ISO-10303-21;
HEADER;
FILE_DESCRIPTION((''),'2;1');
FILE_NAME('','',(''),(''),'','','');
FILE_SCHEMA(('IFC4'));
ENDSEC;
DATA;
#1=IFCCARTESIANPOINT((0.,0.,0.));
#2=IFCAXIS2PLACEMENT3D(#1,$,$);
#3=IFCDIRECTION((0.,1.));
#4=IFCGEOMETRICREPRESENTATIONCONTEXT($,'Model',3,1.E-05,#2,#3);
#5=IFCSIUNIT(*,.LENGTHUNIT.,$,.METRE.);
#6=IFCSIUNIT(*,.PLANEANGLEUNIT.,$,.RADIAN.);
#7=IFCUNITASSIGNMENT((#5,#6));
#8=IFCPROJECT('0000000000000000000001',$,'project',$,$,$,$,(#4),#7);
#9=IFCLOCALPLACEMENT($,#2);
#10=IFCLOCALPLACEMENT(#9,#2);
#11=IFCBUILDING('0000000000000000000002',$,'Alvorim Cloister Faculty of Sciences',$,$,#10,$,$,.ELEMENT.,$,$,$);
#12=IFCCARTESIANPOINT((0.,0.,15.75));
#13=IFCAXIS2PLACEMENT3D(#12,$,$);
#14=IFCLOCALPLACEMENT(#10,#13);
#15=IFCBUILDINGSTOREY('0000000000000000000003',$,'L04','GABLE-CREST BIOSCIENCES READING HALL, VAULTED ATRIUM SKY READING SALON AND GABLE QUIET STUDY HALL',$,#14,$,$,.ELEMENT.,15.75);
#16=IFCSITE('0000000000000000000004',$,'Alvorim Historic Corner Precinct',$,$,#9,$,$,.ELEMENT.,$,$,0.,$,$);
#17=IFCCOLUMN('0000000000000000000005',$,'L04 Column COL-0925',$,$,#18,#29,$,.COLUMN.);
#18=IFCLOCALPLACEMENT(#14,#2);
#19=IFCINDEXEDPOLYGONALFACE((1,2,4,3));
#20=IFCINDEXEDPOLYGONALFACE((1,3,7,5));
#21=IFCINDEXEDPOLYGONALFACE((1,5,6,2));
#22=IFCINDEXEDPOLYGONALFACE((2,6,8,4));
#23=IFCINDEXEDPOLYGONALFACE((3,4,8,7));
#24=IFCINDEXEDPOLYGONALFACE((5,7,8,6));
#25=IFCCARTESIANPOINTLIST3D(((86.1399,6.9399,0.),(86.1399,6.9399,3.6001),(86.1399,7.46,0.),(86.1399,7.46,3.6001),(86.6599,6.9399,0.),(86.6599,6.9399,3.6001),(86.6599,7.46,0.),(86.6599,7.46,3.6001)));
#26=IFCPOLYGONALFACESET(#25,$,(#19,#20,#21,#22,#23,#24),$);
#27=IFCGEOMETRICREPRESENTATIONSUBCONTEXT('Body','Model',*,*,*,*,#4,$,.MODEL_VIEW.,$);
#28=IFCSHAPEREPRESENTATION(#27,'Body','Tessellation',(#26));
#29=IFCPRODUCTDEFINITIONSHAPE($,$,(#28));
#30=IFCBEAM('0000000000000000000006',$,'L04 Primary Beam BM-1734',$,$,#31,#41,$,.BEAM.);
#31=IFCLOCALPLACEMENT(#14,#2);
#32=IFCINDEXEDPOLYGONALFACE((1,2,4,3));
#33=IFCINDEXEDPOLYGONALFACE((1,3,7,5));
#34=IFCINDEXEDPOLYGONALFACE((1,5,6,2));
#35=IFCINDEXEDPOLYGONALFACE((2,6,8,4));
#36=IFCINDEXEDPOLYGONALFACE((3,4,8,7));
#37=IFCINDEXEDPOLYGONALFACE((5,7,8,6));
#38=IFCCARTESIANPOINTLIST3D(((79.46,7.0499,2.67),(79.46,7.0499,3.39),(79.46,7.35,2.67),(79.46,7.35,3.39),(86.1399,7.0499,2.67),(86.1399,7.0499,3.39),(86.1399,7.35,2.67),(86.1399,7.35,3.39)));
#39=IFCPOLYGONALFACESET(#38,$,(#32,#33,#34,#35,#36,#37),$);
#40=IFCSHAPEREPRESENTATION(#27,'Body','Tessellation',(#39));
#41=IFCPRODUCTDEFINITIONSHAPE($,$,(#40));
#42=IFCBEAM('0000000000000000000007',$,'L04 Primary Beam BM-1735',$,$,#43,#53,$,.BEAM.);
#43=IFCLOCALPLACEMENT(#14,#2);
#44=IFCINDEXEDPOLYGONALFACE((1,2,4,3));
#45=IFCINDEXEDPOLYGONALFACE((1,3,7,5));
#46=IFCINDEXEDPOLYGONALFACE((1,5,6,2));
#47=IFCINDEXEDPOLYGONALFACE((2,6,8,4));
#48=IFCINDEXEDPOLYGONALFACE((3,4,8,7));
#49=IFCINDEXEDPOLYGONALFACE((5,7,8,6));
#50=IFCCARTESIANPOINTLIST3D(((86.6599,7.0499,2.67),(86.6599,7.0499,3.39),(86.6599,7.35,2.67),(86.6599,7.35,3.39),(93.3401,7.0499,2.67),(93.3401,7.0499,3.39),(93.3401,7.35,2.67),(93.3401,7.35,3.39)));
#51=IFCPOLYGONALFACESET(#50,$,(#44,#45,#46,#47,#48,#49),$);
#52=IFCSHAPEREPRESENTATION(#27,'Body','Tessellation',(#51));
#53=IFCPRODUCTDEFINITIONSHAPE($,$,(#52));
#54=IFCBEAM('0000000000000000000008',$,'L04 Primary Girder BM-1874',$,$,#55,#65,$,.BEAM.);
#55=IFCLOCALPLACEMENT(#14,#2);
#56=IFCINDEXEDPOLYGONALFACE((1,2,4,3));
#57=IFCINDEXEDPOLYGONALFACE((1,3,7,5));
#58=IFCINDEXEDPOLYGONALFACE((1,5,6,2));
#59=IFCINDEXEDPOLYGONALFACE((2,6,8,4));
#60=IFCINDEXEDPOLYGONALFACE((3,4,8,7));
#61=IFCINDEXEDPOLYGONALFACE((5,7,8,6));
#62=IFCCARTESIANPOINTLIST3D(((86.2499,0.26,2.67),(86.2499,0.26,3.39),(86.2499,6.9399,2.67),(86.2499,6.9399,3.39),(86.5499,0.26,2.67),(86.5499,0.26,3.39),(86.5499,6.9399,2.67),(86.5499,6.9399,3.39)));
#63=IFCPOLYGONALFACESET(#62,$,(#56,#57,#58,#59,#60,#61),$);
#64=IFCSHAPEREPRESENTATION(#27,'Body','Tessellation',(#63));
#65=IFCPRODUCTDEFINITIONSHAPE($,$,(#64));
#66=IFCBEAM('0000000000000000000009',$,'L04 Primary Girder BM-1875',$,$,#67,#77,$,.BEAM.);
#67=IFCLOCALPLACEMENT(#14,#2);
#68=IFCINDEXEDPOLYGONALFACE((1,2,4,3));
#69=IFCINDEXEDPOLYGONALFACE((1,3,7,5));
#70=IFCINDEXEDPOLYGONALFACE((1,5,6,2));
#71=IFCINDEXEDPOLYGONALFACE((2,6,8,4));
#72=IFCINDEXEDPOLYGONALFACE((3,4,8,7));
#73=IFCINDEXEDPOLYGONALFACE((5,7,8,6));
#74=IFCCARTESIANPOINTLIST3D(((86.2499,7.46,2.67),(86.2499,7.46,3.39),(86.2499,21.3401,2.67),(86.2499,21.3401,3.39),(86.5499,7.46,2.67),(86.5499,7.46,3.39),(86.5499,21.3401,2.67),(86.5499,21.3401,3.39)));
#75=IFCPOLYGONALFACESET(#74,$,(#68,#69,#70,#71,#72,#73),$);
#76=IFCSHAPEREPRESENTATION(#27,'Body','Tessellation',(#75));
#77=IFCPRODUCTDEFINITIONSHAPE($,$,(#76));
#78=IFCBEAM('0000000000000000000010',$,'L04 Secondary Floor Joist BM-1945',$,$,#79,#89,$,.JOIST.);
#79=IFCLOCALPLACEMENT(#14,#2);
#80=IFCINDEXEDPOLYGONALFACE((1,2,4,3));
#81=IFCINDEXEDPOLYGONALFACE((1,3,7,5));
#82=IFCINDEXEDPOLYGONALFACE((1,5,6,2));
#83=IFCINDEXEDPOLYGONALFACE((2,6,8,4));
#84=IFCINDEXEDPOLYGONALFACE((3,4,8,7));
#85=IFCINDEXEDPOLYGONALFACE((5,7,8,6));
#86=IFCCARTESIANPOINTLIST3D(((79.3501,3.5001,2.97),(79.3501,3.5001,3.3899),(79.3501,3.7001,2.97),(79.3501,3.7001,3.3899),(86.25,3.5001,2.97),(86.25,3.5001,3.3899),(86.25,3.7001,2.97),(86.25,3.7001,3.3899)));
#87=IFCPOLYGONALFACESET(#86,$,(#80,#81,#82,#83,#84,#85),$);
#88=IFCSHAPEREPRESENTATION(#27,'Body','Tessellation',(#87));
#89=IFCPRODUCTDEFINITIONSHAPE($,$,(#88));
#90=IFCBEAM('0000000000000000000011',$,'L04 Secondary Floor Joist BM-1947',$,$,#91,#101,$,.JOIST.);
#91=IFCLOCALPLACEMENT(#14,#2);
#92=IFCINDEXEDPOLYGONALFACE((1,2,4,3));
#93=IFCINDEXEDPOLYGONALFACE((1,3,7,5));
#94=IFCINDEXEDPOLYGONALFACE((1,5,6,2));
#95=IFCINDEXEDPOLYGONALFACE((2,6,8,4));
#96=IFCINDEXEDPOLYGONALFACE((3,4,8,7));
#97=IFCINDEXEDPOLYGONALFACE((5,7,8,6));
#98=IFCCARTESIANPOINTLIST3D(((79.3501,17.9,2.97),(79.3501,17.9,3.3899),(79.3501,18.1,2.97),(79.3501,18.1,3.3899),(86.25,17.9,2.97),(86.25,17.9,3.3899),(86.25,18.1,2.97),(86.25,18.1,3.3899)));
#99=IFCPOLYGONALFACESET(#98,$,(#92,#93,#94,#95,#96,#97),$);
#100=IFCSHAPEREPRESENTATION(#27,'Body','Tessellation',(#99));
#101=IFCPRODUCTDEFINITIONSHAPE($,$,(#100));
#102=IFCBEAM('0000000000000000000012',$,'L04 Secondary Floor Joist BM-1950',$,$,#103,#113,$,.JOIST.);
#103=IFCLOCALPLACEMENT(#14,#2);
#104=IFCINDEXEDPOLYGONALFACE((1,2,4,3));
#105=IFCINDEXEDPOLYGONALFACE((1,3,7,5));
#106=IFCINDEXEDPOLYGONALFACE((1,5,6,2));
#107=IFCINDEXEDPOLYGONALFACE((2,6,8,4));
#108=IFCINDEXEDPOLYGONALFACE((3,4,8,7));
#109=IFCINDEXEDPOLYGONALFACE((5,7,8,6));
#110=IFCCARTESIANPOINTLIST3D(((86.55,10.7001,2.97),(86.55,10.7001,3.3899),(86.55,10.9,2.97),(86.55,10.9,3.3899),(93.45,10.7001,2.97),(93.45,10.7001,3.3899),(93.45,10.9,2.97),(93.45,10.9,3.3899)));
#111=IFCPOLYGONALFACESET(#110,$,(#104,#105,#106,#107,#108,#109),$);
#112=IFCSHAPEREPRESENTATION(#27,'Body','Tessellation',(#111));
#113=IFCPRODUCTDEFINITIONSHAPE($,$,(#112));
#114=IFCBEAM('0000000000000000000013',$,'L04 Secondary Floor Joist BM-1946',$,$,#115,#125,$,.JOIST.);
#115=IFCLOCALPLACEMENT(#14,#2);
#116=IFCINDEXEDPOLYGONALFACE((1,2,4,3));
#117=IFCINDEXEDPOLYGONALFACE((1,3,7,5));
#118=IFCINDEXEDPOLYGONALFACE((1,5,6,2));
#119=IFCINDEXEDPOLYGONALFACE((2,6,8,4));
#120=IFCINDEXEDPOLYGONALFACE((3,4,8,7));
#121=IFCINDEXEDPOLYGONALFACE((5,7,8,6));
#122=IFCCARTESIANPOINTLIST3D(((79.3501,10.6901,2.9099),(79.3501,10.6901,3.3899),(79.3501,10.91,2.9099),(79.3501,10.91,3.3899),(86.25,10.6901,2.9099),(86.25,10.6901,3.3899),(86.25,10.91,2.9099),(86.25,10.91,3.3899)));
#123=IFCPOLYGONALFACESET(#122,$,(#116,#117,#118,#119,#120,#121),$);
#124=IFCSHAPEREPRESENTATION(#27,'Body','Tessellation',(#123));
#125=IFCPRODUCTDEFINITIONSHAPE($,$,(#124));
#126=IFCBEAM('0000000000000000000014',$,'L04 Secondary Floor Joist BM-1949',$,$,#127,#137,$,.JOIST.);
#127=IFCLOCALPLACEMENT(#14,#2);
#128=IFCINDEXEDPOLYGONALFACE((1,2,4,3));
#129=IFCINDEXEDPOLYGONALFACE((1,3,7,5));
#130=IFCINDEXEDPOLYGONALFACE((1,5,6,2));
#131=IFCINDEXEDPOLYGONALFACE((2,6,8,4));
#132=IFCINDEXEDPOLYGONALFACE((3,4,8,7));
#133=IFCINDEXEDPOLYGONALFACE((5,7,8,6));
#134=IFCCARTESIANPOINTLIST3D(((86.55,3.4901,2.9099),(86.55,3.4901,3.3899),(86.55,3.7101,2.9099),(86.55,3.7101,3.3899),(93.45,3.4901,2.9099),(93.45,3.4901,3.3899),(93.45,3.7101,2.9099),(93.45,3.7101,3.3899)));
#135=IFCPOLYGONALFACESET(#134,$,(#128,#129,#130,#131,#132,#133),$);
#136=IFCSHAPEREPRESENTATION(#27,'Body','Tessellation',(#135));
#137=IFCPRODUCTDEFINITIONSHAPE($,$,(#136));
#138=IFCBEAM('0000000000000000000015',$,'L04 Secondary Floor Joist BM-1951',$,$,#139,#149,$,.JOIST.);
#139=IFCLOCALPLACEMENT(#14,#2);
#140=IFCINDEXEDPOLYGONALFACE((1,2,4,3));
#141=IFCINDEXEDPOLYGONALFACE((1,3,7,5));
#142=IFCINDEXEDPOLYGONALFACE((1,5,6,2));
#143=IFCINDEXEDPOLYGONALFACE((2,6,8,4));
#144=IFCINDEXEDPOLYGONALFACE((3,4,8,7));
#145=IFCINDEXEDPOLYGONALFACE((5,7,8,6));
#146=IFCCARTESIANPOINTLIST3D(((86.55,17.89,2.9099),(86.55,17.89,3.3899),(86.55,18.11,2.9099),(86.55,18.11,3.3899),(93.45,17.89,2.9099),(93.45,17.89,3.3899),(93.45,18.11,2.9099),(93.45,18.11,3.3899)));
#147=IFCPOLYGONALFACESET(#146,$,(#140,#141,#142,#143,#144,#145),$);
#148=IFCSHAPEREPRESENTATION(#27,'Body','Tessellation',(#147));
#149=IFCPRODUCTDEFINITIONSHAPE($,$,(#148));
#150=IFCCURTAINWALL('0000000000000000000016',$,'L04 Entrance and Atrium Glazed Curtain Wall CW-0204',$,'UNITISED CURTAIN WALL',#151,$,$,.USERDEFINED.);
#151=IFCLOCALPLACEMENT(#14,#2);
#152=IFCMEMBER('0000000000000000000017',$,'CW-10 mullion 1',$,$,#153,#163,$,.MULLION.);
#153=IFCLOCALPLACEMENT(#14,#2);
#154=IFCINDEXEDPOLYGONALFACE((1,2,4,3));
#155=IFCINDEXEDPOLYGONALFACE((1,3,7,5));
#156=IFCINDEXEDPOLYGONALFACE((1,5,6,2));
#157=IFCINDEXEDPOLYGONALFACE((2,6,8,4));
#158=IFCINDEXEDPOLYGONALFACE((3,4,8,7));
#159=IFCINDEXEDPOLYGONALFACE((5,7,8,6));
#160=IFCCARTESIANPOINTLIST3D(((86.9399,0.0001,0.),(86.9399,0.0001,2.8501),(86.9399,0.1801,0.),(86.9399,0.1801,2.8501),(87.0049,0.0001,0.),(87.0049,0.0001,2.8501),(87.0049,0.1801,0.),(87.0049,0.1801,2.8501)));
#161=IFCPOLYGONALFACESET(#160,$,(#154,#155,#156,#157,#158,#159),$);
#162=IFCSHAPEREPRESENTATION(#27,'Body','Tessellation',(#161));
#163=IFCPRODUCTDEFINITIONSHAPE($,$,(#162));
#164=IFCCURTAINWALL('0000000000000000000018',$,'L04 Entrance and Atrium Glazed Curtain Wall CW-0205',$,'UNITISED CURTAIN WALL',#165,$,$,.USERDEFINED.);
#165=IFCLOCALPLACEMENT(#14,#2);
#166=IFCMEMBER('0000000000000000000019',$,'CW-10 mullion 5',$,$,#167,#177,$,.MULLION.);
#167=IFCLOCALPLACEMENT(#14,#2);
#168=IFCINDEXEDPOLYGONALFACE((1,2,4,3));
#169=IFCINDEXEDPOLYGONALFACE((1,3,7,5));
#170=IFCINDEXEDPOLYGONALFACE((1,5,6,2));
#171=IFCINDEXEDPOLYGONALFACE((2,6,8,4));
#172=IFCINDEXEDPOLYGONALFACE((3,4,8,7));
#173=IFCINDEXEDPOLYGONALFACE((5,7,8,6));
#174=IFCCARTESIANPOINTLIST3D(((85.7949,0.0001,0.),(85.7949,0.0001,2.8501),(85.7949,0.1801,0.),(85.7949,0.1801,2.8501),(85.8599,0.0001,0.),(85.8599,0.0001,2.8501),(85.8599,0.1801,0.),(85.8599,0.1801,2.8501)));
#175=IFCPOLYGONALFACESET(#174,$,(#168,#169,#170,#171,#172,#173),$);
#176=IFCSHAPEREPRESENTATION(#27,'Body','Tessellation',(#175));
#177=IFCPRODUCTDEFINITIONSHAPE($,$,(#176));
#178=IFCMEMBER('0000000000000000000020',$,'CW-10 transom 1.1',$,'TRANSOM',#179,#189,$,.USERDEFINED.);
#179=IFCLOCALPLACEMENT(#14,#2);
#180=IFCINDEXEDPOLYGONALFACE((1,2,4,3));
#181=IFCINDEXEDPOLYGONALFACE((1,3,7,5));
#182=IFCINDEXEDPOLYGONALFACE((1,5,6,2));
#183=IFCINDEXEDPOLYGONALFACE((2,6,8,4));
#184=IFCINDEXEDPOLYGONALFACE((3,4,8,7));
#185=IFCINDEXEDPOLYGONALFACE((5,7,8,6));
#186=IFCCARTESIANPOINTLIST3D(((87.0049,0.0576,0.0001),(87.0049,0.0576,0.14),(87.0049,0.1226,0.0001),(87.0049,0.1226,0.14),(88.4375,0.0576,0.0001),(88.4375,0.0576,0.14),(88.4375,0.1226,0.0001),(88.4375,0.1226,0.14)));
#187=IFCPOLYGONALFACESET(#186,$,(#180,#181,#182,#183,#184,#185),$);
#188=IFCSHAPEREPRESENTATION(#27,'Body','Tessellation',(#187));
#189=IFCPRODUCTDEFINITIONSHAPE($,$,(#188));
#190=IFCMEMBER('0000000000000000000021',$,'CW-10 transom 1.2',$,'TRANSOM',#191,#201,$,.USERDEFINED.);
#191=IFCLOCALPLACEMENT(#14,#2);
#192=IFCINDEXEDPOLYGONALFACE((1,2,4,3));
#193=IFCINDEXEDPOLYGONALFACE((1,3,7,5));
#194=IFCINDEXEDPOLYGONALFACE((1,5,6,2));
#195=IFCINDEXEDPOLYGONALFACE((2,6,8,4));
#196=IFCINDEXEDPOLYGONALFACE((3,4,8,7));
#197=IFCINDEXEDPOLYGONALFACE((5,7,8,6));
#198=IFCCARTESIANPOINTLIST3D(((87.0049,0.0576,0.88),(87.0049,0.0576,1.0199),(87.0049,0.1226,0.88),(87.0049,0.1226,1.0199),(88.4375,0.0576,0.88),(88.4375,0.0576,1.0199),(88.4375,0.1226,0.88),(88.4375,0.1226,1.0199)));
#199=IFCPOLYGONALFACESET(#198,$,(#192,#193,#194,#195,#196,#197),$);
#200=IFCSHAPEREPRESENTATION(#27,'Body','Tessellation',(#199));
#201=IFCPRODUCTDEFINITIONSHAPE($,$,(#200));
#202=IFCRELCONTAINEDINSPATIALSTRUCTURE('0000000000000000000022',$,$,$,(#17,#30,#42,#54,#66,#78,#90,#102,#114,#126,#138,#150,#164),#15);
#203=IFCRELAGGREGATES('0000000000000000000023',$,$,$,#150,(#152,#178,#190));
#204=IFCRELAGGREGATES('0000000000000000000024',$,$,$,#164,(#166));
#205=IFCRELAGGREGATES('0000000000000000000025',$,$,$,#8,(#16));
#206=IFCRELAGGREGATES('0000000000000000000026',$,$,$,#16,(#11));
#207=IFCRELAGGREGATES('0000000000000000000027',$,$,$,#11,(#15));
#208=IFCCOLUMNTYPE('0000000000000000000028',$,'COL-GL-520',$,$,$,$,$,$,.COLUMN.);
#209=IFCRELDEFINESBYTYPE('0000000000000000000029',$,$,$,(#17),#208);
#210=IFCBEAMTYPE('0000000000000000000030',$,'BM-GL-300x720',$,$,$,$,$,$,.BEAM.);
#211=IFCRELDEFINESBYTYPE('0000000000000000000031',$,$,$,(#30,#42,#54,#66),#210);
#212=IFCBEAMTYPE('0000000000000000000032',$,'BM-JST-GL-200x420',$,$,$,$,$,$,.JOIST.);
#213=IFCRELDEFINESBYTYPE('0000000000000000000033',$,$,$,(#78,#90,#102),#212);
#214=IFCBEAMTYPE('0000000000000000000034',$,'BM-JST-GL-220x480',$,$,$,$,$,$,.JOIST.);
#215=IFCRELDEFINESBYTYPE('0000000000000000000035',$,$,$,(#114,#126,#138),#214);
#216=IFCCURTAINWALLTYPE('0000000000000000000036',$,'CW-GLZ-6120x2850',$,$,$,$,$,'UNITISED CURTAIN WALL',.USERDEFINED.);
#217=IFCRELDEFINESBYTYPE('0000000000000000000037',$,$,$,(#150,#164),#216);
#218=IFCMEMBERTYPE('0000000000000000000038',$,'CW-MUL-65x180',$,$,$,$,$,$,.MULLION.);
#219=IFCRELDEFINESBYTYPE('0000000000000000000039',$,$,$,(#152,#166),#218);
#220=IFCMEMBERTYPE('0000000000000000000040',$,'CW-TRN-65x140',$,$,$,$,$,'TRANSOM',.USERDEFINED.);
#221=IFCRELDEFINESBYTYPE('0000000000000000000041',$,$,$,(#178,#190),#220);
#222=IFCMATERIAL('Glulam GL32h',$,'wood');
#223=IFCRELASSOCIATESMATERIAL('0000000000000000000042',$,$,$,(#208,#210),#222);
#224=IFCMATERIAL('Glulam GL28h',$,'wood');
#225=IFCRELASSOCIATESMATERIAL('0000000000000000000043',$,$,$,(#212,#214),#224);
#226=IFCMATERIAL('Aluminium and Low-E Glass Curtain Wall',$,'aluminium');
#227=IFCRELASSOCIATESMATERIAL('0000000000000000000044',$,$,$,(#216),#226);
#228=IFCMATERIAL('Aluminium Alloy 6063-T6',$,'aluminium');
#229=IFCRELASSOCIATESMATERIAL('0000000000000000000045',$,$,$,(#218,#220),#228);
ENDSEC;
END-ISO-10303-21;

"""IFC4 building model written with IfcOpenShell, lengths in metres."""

from ifc_helpers import new_model, si_unit, direction, frame, origin, origin_2d, place, context, subcontext, project, spatial, rectangle, extrude, material, material_profile, profile_set, type_object, element, aggregate, save


model = new_model("IFC4")

# Units and contexts
model_context = context("Model", 3, precision=1e-05, world=origin(), true_north=direction((0.0, 1.0)))
body_context = subcontext(model_context, "Body", "Model", "MODEL_VIEW")
ifc_project = project(units=[si_unit("LENGTHUNIT", "METRE"), si_unit("PLANEANGLEUNIT", "RADIAN")], contexts=[model_context])

# Site, building, storey
site_placement = place(None, origin())
site = spatial("IfcSite", under=ifc_project, at=site_placement, Name="Alvorim Historic Corner Precinct", CompositionType="ELEMENT", RefElevation=0.0)
building_placement = place(site_placement, origin())
building = spatial("IfcBuilding", under=site, at=building_placement, Name="Alvorim Cloister Faculty of Sciences", CompositionType="ELEMENT")
storey_placement = place(building_placement, frame((0.0, 0.0, 15.75)))
storey = spatial("IfcBuildingStorey", under=building, at=storey_placement, Name="L04", Description="GABLE-CREST BIOSCIENCES READING HALL, VAULTED ATRIUM SKY READING SALON AND GABLE QUIET STUDY HALL", CompositionType="ELEMENT", Elevation=15.75)

# Column
ifc_material_1 = material(Name="Glulam GL32h", Category="wood")
ifc_material_profile_1 = material_profile(ifc_material_1, rectangle(XDim=0.52, YDim=0.52, at=origin_2d()), Name="GL32-COL-520x520")
ifc_profile_set_1 = profile_set([ifc_material_profile_1], Name="Glulam GL32h")
column_type = type_object("IfcColumnType", Name="COL-GL-520", PredefinedType="COLUMN", material=ifc_profile_set_1)
column_placement = place(storey_placement, frame((86.3999, 7.2, 0.0), z_axis=(0.0, 0.0, 1.0), x_axis=(1.0, 0.0, 0.0)))
element("IfcColumn", 1, at=column_placement, inside=storey, type_object=column_type, Name="L04 Column COL-0925", PredefinedType="COLUMN", context=body_context, shape_type="SweptSolid", body=[
    extrude(rectangle(XDim=0.52, YDim=0.52, at=origin_2d()), origin(), (0.0, 0.0, 1.0), 3.6001),
])

# Beams
ifc_material_profile_2 = material_profile(ifc_material_1, rectangle(XDim=0.3, YDim=0.72, at=origin_2d()), Name="GL32-BM-300x720")
ifc_profile_set_2 = profile_set([ifc_material_profile_2], Name="Glulam GL32h")
beam_type_1 = type_object("IfcBeamType", Name="BM-GL-300x720", PredefinedType="BEAM", material=ifc_profile_set_2)
beam_1_placement = place(storey_placement, frame((79.46, 7.2, 3.03), z_axis=(1.0, 0.0, 0.0), x_axis=(0.0, 1.0, 0.0)))
element("IfcBeam", 2, at=beam_1_placement, inside=storey, type_object=beam_type_1, Name="L04 Primary Beam BM-1734", PredefinedType="BEAM", context=body_context, shape_type="SweptSolid", body=[
    extrude(rectangle(XDim=0.3, YDim=0.72, at=origin_2d()), origin(), (0.0, 0.0, 1.0), 6.6799),
])
beam_2_placement = place(storey_placement, frame((86.6599, 7.2, 3.03), z_axis=(1.0, 0.0, 0.0), x_axis=(0.0, 1.0, 0.0)))
element("IfcBeam", 3, at=beam_2_placement, inside=storey, type_object=beam_type_1, Name="L04 Primary Beam BM-1735", PredefinedType="BEAM", context=body_context, shape_type="SweptSolid", body=[
    extrude(rectangle(XDim=0.3, YDim=0.72, at=origin_2d()), origin(), (0.0, 0.0, 1.0), 6.6802),
])
beam_3_placement = place(storey_placement, frame((86.3999, 0.26, 3.03), z_axis=(0.0, 1.0, 0.0), x_axis=(-1.0, 0.0, 0.0)))
element("IfcBeam", 4, at=beam_3_placement, inside=storey, type_object=beam_type_1, Name="L04 Primary Girder BM-1874", PredefinedType="BEAM", context=body_context, shape_type="SweptSolid", body=[
    extrude(rectangle(XDim=0.3, YDim=0.72, at=origin_2d()), origin(), (0.0, 0.0, 1.0), 6.6799),
])
beam_4_placement = place(storey_placement, frame((86.3999, 7.46, 3.03), z_axis=(0.0, 1.0, 0.0), x_axis=(-1.0, 0.0, 0.0)))
element("IfcBeam", 5, at=beam_4_placement, inside=storey, type_object=beam_type_1, Name="L04 Primary Girder BM-1875", PredefinedType="BEAM", context=body_context, shape_type="SweptSolid", body=[
    extrude(rectangle(XDim=0.3, YDim=0.72, at=origin_2d()), origin(), (0.0, 0.0, 1.0), 13.8801),
])
ifc_material_2 = material(Name="Glulam GL28h", Category="wood")
ifc_material_profile_3 = material_profile(ifc_material_2, rectangle(XDim=0.2, YDim=0.4199, at=origin_2d()), Name="GL28-JST-200x420")
ifc_profile_set_3 = profile_set([ifc_material_profile_3], Name="Glulam GL28h")
beam_type_2 = type_object("IfcBeamType", Name="BM-JST-GL-200x420", PredefinedType="JOIST", material=ifc_profile_set_3)
for number, where, z_axis, x_axis, name in (
    (6, (79.3501, 3.6001, 3.1799), (1.0, 0.0, 0.0), (0.0, 1.0, 0.0), "L04 Secondary Floor Joist BM-1945"),
    (7, (79.3501, 18.0, 3.1799), (1.0, 0.0, 0.0), (0.0, 1.0, 0.0), "L04 Secondary Floor Joist BM-1947"),
    (8, (86.55, 10.8, 3.1799), (1.0, 0.0, 0.0), (0.0, 1.0, 0.0), "L04 Secondary Floor Joist BM-1950"),
):
    element("IfcBeam", number, at=place(storey_placement, frame(where, z_axis=z_axis, x_axis=x_axis)), inside=storey, type_object=beam_type_2, Name=name, PredefinedType="JOIST", context=body_context, shape_type="SweptSolid", body=[
        extrude(rectangle(XDim=0.2, YDim=0.4199, at=origin_2d()), origin(), (0.0, 0.0, 1.0), 6.8999),
    ])
ifc_material_profile_4 = material_profile(ifc_material_2, rectangle(XDim=0.22, YDim=0.48, at=origin_2d()), Name="GL28-JST-220x480")
ifc_profile_set_4 = profile_set([ifc_material_profile_4], Name="Glulam GL28h")
beam_type_3 = type_object("IfcBeamType", Name="BM-JST-GL-220x480", PredefinedType="JOIST", material=ifc_profile_set_4)
for number, where, z_axis, x_axis, name in (
    (9, (79.3501, 10.8, 3.1499), (1.0, 0.0, 0.0), (0.0, 1.0, 0.0), "L04 Secondary Floor Joist BM-1946"),
    (10, (86.55, 3.6001, 3.1499), (1.0, 0.0, 0.0), (0.0, 1.0, 0.0), "L04 Secondary Floor Joist BM-1949"),
    (11, (86.55, 18.0, 3.1499), (1.0, 0.0, 0.0), (0.0, 1.0, 0.0), "L04 Secondary Floor Joist BM-1951"),
):
    element("IfcBeam", number, at=place(storey_placement, frame(where, z_axis=z_axis, x_axis=x_axis)), inside=storey, type_object=beam_type_3, Name=name, PredefinedType="JOIST", context=body_context, shape_type="SweptSolid", body=[
        extrude(rectangle(XDim=0.22, YDim=0.48, at=origin_2d()), origin(), (0.0, 0.0, 1.0), 6.8999),
    ])

# Curtain walls, members
ifc_material_3 = material(Name="Aluminium and Low-E Glass Curtain Wall", Category="aluminium")
curtain_wall_type = type_object("IfcCurtainWallType", Name="CW-GLZ-6120x2850", ElementType="UNITISED CURTAIN WALL", PredefinedType="USERDEFINED", material=ifc_material_3)
curtain_wall_1_placement = place(storey_placement, origin())
curtain_wall_1 = element("IfcCurtainWall", 12, at=curtain_wall_1_placement, inside=storey, type_object=curtain_wall_type, Name="L04 Entrance and Atrium Glazed Curtain Wall CW-0204", ObjectType="UNITISED CURTAIN WALL", PredefinedType="USERDEFINED")
ifc_material_4 = material(Name="Aluminium Alloy 6063-T6", Category="aluminium")
ifc_material_profile_5 = material_profile(ifc_material_4, rectangle(XDim=0.0649, YDim=0.1799, at=origin_2d()), Name="ALU-MUL-65x180")
ifc_profile_set_5 = profile_set([ifc_material_profile_5], Name="Aluminium Alloy 6063-T6")
member_type_1 = type_object("IfcMemberType", Name="CW-MUL-65x180", PredefinedType="MULLION", material=ifc_profile_set_5)
member_1_placement = place(storey_placement, frame((86.9724, 0.0901, 0.0), z_axis=(0.0, 0.0, 1.0), x_axis=(1.0, 0.0, 0.0)))
member_1 = element("IfcMember", 13, at=member_1_placement, type_object=member_type_1, Name="CW-10 mullion 1", PredefinedType="MULLION", context=body_context, shape_type="SweptSolid", body=[
    extrude(rectangle(XDim=0.0649, YDim=0.1799, at=origin_2d()), origin(), (0.0, 0.0, 1.0), 2.8501),
])
curtain_wall_2_placement = place(storey_placement, origin())
curtain_wall_2 = element("IfcCurtainWall", 14, at=curtain_wall_2_placement, inside=storey, type_object=curtain_wall_type, Name="L04 Entrance and Atrium Glazed Curtain Wall CW-0205", ObjectType="UNITISED CURTAIN WALL", PredefinedType="USERDEFINED")
member_2_placement = place(storey_placement, frame((85.8274, 0.0901, 0.0), z_axis=(0.0, 0.0, 1.0), x_axis=(1.0, 0.0, 0.0)))
member_2 = element("IfcMember", 15, at=member_2_placement, type_object=member_type_1, Name="CW-10 mullion 5", PredefinedType="MULLION", context=body_context, shape_type="SweptSolid", body=[
    extrude(rectangle(XDim=0.0649, YDim=0.1799, at=origin_2d()), origin(), (0.0, 0.0, 1.0), 2.8501),
])

# Members
ifc_material_profile_6 = material_profile(ifc_material_4, rectangle(XDim=0.0649, YDim=0.1399, at=origin_2d()), Name="ALU-TRN-65x140")
ifc_profile_set_6 = profile_set([ifc_material_profile_6], Name="Aluminium Alloy 6063-T6")
member_type_2 = type_object("IfcMemberType", Name="CW-TRN-65x140", ElementType="TRANSOM", PredefinedType="USERDEFINED", material=ifc_profile_set_6)
member_3_placement = place(storey_placement, frame((87.0049, 0.0901, 0.0701), z_axis=(1.0, 0.0, 0.0), x_axis=(0.0, 1.0, 0.0)))
member_3 = element("IfcMember", 16, at=member_3_placement, type_object=member_type_2, Name="CW-10 transom 1.1", ObjectType="TRANSOM", PredefinedType="USERDEFINED", context=body_context, shape_type="SweptSolid", body=[
    extrude(rectangle(XDim=0.0649, YDim=0.1399, at=origin_2d()), origin(), (0.0, 0.0, 1.0), 1.4326),
])
member_4_placement = place(storey_placement, frame((87.0049, 0.0901, 0.95), z_axis=(1.0, 0.0, 0.0), x_axis=(0.0, 1.0, 0.0)))
member_4 = element("IfcMember", 17, at=member_4_placement, type_object=member_type_2, Name="CW-10 transom 1.2", ObjectType="TRANSOM", PredefinedType="USERDEFINED", context=body_context, shape_type="SweptSolid", body=[
    extrude(rectangle(XDim=0.0649, YDim=0.1399, at=origin_2d()), origin(), (0.0, 0.0, 1.0), 1.4326),
])
aggregate(curtain_wall_1, [member_1, member_3, member_4])

aggregate(curtain_wall_2, [member_2])

save(model, "model.ifc")
